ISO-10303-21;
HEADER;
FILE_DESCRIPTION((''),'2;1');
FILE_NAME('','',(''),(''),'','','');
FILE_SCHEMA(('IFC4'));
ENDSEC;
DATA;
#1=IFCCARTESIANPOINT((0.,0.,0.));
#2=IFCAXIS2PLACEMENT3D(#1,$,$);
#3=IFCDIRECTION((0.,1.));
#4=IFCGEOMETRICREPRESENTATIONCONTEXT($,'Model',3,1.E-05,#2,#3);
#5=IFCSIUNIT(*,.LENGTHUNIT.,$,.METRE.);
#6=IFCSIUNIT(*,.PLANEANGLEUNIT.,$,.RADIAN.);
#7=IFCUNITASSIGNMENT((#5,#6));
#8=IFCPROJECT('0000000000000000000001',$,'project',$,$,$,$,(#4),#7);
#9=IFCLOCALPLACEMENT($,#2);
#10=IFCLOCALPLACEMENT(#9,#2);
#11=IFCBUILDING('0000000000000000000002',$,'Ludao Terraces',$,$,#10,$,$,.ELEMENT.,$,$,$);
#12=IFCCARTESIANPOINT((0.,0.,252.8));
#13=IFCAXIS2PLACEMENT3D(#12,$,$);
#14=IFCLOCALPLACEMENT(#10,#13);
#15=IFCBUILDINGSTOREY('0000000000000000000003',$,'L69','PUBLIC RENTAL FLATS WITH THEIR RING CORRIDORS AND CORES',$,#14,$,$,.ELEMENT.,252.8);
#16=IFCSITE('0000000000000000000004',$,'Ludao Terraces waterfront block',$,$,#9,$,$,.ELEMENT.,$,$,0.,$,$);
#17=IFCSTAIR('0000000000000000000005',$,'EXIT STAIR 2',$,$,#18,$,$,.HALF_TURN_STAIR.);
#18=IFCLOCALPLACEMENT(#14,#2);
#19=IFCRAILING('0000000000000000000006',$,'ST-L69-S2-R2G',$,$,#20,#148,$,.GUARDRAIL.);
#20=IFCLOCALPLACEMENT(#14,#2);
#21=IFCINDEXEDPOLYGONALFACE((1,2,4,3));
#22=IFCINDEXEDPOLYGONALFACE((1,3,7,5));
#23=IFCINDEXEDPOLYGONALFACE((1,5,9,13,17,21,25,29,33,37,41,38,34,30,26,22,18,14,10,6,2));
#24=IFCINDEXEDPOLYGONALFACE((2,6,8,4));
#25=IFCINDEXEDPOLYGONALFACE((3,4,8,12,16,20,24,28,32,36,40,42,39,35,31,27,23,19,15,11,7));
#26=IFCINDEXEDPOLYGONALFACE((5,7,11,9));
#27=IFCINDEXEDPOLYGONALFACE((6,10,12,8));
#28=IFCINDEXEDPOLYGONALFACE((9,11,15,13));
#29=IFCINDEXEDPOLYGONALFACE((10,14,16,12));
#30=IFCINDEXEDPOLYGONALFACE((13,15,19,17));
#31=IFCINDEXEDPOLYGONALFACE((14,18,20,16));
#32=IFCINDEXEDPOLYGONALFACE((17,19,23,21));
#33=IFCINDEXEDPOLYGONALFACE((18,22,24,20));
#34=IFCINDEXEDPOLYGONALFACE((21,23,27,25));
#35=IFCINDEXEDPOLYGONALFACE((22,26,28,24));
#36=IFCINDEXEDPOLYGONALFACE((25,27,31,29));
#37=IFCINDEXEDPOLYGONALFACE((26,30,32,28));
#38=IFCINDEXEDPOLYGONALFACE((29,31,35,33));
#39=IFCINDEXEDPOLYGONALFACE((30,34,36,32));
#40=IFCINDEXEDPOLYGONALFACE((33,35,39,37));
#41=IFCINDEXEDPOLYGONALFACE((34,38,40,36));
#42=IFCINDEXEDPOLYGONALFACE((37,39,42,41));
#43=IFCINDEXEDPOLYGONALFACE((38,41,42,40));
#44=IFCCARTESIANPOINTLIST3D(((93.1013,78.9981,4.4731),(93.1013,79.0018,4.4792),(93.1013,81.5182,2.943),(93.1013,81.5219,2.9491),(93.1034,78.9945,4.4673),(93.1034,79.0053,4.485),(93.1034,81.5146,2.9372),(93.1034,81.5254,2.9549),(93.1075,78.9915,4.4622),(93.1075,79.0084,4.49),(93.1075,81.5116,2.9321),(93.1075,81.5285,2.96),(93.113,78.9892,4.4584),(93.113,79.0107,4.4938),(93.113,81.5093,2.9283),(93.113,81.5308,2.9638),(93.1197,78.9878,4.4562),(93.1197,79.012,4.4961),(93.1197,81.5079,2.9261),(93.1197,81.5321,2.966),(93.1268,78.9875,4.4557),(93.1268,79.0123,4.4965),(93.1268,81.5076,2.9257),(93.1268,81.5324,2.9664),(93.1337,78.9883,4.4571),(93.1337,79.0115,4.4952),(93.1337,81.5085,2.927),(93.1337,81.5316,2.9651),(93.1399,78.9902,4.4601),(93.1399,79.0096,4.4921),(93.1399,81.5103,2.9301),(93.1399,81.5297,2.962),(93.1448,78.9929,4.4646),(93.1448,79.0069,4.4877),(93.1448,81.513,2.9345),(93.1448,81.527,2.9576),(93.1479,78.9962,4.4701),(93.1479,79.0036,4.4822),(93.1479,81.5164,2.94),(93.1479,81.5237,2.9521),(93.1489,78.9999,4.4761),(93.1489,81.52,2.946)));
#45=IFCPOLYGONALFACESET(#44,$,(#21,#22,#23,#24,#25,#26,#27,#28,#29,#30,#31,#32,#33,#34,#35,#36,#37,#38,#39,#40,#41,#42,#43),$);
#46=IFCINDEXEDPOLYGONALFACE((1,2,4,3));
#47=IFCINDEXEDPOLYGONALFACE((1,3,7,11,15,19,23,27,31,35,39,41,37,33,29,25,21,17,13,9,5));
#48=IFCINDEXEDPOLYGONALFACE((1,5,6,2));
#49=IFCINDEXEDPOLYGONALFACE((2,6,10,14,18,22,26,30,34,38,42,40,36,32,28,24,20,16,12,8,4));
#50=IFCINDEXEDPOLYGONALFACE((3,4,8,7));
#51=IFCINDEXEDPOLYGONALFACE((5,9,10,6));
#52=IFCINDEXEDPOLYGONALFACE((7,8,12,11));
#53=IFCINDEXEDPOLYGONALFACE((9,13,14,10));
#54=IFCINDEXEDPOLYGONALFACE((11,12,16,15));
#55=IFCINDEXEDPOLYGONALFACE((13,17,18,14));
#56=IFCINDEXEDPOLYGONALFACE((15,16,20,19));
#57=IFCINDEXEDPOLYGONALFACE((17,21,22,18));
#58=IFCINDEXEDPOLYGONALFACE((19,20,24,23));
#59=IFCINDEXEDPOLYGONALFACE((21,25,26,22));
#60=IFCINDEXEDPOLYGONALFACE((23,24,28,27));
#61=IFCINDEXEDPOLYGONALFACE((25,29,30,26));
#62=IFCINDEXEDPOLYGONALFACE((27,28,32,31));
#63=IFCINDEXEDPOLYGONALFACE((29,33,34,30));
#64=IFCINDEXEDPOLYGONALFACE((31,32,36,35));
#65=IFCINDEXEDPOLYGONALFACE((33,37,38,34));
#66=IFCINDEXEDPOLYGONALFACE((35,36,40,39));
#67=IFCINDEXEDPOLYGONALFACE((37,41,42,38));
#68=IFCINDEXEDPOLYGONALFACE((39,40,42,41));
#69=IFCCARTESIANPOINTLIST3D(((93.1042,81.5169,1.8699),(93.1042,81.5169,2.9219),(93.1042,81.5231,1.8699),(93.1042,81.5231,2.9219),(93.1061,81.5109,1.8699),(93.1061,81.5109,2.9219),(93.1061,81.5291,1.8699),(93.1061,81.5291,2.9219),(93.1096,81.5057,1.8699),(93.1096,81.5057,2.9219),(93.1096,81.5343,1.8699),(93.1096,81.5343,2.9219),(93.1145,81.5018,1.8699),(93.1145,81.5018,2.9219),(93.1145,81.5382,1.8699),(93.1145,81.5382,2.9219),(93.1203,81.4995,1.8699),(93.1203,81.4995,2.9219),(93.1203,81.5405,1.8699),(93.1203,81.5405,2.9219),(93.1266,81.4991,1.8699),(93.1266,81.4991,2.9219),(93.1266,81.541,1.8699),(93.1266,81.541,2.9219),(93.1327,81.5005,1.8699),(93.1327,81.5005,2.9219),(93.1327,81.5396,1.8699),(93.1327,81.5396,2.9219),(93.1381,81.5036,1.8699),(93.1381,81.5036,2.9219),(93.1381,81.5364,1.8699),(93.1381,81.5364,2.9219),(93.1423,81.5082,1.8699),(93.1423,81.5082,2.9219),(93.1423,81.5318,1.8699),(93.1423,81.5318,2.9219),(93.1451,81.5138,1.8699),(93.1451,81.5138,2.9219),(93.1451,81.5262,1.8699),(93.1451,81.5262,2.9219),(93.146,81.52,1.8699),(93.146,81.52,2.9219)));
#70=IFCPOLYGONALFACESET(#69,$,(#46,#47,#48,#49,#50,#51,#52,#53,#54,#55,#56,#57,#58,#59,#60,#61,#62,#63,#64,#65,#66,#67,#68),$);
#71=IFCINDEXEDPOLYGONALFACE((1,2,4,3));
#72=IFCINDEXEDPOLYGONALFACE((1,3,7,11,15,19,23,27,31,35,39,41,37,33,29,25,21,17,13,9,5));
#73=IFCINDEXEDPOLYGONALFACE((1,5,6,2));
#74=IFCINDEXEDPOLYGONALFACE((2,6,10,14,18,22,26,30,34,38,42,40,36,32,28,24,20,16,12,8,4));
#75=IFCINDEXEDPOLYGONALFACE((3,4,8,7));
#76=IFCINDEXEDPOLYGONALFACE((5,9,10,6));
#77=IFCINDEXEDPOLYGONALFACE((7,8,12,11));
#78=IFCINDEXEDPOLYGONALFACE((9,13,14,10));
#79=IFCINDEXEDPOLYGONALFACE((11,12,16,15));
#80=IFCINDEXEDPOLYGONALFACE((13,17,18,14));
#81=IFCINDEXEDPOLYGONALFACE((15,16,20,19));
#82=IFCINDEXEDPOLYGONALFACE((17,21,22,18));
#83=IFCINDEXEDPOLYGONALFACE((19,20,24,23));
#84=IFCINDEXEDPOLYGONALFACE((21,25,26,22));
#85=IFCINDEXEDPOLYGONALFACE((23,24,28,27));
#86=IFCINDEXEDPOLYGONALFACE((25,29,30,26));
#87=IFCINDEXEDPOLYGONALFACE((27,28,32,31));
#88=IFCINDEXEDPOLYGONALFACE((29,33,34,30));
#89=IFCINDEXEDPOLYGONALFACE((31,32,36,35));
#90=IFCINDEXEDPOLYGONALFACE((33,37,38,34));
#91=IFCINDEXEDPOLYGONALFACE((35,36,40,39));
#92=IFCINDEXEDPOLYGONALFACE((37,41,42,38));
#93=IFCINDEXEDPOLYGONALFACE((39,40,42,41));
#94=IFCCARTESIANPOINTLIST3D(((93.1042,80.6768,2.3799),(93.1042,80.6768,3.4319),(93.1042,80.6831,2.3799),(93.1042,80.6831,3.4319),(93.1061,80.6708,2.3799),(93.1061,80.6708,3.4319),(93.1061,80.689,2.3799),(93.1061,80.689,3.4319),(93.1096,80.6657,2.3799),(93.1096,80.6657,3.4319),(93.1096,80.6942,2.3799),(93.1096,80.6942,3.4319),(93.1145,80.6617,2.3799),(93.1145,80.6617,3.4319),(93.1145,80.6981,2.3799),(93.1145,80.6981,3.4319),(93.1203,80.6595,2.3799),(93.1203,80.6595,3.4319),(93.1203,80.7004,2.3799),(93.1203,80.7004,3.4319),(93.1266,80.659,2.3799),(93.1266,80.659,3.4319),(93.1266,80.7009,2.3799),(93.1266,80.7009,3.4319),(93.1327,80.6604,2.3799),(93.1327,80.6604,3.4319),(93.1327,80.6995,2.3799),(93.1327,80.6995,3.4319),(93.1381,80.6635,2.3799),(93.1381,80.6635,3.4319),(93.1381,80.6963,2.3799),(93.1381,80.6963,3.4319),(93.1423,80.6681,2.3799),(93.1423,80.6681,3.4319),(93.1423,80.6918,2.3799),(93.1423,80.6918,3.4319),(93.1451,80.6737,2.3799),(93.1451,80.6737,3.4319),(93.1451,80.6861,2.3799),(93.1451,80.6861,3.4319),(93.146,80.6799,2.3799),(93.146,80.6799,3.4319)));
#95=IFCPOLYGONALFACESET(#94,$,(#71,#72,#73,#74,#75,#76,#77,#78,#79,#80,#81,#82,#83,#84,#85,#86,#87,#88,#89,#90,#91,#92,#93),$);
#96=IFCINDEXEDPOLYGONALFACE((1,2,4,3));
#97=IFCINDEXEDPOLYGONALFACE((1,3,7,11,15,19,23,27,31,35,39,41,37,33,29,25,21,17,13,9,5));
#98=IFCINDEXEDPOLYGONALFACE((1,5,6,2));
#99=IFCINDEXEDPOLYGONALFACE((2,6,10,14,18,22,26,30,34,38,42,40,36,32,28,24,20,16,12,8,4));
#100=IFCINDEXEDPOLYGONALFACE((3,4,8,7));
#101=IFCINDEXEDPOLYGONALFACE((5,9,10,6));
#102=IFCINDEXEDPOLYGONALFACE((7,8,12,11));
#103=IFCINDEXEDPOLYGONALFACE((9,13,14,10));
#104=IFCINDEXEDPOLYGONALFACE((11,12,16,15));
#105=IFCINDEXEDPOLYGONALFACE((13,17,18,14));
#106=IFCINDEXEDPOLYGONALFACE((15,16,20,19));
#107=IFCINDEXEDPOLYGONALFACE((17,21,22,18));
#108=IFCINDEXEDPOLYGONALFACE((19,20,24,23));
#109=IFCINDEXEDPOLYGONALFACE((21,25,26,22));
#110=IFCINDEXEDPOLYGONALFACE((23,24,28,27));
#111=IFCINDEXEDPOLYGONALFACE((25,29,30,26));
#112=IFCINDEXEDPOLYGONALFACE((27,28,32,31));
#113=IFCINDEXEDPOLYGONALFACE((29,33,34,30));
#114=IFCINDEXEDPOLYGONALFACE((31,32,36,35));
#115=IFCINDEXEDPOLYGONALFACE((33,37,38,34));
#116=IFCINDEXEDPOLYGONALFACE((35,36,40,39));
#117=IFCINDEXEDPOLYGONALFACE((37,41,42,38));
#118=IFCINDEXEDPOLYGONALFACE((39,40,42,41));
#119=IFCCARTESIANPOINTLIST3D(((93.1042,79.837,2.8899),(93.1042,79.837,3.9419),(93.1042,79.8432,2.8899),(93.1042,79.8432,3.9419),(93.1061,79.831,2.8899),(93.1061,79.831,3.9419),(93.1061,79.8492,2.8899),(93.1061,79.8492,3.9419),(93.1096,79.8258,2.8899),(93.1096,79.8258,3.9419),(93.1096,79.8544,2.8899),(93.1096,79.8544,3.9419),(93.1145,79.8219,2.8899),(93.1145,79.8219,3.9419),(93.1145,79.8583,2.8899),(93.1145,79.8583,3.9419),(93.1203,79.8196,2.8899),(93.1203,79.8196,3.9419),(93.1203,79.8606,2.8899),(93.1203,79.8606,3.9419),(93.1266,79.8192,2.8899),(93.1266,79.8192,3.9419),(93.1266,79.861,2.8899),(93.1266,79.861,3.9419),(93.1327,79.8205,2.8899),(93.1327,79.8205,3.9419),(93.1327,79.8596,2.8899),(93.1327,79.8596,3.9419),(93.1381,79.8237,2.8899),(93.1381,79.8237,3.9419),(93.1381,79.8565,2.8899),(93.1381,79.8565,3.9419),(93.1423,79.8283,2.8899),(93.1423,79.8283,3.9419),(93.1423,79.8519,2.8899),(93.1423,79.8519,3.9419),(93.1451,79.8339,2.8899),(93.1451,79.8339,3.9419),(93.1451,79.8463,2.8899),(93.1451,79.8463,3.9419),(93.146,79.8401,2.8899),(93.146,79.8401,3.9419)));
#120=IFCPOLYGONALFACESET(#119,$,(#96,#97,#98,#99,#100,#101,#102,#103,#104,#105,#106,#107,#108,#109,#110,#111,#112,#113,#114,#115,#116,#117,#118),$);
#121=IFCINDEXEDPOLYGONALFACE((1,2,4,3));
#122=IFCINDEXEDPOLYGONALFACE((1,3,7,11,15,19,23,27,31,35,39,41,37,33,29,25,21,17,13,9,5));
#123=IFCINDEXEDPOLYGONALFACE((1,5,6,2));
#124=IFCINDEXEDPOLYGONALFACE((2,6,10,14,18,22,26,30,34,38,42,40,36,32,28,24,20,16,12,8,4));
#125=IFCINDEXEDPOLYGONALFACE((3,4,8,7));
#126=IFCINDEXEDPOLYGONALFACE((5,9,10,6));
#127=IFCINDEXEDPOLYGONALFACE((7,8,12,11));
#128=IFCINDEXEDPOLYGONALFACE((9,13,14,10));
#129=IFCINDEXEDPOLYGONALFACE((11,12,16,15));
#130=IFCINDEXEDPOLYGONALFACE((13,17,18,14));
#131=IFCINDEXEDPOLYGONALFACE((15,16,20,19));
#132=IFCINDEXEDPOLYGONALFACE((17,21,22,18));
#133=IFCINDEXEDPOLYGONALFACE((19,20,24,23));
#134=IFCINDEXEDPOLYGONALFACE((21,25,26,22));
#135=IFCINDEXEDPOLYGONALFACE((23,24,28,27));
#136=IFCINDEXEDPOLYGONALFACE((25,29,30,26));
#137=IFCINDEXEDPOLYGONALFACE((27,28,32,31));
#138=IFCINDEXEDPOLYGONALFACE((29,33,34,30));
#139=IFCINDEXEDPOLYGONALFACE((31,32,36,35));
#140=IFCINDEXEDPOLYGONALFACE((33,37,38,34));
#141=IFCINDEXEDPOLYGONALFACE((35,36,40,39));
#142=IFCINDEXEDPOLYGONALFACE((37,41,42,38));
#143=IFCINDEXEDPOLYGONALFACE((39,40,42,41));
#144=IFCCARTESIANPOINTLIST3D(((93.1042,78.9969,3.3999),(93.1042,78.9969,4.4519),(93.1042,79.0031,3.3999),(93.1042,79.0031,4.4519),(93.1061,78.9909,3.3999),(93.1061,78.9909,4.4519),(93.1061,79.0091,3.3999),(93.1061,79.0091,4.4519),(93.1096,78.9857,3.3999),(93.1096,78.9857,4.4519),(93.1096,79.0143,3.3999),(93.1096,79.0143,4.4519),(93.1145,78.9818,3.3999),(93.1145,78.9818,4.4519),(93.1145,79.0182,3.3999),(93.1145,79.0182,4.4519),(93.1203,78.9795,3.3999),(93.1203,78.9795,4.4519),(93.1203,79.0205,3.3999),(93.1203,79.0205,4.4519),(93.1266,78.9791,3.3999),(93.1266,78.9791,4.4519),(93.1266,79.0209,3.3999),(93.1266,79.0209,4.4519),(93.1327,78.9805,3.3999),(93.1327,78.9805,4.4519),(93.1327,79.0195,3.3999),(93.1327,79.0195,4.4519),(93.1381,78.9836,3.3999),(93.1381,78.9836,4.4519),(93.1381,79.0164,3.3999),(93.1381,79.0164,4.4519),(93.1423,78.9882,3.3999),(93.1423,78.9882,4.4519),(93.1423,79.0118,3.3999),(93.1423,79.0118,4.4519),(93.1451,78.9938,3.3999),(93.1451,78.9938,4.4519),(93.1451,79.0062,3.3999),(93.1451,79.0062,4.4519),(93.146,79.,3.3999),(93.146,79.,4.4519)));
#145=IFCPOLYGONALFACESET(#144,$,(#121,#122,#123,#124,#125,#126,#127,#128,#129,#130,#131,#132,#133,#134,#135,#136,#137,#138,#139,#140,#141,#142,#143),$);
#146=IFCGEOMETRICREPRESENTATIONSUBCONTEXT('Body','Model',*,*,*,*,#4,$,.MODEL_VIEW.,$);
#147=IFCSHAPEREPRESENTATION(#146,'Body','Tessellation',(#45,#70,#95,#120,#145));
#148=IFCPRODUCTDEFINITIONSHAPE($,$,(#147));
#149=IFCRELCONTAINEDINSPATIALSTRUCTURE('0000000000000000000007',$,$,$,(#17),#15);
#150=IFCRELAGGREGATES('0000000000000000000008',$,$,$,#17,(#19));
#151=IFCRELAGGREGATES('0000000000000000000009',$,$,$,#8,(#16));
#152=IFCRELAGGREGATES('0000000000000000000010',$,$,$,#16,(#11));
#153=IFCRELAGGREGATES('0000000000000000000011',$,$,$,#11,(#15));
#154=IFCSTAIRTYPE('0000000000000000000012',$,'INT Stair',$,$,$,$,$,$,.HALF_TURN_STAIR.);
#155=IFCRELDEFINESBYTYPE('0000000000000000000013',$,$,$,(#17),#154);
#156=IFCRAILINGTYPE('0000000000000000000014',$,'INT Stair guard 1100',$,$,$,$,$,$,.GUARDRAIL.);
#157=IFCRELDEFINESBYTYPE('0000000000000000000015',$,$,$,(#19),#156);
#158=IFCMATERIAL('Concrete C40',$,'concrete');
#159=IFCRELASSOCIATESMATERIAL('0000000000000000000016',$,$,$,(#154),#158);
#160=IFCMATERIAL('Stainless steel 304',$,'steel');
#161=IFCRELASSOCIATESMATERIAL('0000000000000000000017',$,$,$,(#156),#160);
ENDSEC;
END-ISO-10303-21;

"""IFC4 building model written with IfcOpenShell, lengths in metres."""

from ifc_helpers import new_model, si_unit, direction, frame, origin, origin_2d, place, context, subcontext, project, spatial, circle, extrude, material, type_object, element, aggregate, save


model = new_model("IFC4")

# Units and contexts
model_context = context("Model", 3, precision=1e-05, world=origin(), true_north=direction((0.0, 1.0)))
body_context = subcontext(model_context, "Body", "Model", "MODEL_VIEW")
ifc_project = project(units=[si_unit("LENGTHUNIT", "METRE"), si_unit("PLANEANGLEUNIT", "RADIAN")], contexts=[model_context])

# Site, building, storey
site_placement = place(None, origin())
site = spatial("IfcSite", under=ifc_project, at=site_placement, Name="Ludao Terraces waterfront block", CompositionType="ELEMENT", RefElevation=0.0)
building_placement = place(site_placement, origin())
building = spatial("IfcBuilding", under=site, at=building_placement, Name="Ludao Terraces", CompositionType="ELEMENT")
storey_placement = place(building_placement, frame((0.0, 0.0, 252.8)))
storey = spatial("IfcBuildingStorey", under=building, at=storey_placement, Name="L69", Description="PUBLIC RENTAL FLATS WITH THEIR RING CORRIDORS AND CORES", CompositionType="ELEMENT", Elevation=252.8)

# Shared definitions
ifc_material_1 = material(Name="Stainless steel 304", Category="steel")

# Stair, railing
ifc_material_2 = material(Name="Concrete C40", Category="concrete")
stair_type = type_object("IfcStairType", Name="INT Stair", PredefinedType="HALF_TURN_STAIR", material=ifc_material_2)
stair_placement = place(storey_placement, origin())
stair = element("IfcStair", 1, at=stair_placement, inside=storey, type_object=stair_type, Name="EXIT STAIR 2", PredefinedType="HALF_TURN_STAIR")
railing_type = type_object("IfcRailingType", Name="INT Stair guard 1100", PredefinedType="GUARDRAIL", material=ifc_material_1)
railing_1_placement = place(storey_placement, frame((93.125, 81.52, 1.8699)))
railing_1 = element("IfcRailing", 2, at=railing_1_placement, type_object=railing_type, Name="ST-L69-S2-R2G", PredefinedType="GUARDRAIL", context=body_context, shape_type="SweptSolid", body=[
    extrude(circle(Radius=0.0239, at=origin_2d()), frame((0.0, 0.0, 1.0762), z_axis=(0.0, -0.854785, 0.518982), x_axis=(1.0, 0.0, 0.0)), (0.0, 0.0, 1.0), 2.9482),
    extrude(circle(Radius=0.021, at=origin_2d()), origin(), (0.0, 0.0, 1.0), 1.052),
    extrude(circle(Radius=0.021, at=origin_2d()), frame((0.0, -0.8401, 0.51)), (0.0, 0.0, 1.0), 1.052),
    extrude(circle(Radius=0.021, at=origin_2d()), frame((0.0, -1.6799, 1.02)), (0.0, 0.0, 1.0), 1.052),
    extrude(circle(Radius=0.021, at=origin_2d()), frame((0.0, -2.52, 1.53)), (0.0, 0.0, 1.0), 1.052),
])
aggregate(stair, [railing_1])

save(model, "model.ifc")
